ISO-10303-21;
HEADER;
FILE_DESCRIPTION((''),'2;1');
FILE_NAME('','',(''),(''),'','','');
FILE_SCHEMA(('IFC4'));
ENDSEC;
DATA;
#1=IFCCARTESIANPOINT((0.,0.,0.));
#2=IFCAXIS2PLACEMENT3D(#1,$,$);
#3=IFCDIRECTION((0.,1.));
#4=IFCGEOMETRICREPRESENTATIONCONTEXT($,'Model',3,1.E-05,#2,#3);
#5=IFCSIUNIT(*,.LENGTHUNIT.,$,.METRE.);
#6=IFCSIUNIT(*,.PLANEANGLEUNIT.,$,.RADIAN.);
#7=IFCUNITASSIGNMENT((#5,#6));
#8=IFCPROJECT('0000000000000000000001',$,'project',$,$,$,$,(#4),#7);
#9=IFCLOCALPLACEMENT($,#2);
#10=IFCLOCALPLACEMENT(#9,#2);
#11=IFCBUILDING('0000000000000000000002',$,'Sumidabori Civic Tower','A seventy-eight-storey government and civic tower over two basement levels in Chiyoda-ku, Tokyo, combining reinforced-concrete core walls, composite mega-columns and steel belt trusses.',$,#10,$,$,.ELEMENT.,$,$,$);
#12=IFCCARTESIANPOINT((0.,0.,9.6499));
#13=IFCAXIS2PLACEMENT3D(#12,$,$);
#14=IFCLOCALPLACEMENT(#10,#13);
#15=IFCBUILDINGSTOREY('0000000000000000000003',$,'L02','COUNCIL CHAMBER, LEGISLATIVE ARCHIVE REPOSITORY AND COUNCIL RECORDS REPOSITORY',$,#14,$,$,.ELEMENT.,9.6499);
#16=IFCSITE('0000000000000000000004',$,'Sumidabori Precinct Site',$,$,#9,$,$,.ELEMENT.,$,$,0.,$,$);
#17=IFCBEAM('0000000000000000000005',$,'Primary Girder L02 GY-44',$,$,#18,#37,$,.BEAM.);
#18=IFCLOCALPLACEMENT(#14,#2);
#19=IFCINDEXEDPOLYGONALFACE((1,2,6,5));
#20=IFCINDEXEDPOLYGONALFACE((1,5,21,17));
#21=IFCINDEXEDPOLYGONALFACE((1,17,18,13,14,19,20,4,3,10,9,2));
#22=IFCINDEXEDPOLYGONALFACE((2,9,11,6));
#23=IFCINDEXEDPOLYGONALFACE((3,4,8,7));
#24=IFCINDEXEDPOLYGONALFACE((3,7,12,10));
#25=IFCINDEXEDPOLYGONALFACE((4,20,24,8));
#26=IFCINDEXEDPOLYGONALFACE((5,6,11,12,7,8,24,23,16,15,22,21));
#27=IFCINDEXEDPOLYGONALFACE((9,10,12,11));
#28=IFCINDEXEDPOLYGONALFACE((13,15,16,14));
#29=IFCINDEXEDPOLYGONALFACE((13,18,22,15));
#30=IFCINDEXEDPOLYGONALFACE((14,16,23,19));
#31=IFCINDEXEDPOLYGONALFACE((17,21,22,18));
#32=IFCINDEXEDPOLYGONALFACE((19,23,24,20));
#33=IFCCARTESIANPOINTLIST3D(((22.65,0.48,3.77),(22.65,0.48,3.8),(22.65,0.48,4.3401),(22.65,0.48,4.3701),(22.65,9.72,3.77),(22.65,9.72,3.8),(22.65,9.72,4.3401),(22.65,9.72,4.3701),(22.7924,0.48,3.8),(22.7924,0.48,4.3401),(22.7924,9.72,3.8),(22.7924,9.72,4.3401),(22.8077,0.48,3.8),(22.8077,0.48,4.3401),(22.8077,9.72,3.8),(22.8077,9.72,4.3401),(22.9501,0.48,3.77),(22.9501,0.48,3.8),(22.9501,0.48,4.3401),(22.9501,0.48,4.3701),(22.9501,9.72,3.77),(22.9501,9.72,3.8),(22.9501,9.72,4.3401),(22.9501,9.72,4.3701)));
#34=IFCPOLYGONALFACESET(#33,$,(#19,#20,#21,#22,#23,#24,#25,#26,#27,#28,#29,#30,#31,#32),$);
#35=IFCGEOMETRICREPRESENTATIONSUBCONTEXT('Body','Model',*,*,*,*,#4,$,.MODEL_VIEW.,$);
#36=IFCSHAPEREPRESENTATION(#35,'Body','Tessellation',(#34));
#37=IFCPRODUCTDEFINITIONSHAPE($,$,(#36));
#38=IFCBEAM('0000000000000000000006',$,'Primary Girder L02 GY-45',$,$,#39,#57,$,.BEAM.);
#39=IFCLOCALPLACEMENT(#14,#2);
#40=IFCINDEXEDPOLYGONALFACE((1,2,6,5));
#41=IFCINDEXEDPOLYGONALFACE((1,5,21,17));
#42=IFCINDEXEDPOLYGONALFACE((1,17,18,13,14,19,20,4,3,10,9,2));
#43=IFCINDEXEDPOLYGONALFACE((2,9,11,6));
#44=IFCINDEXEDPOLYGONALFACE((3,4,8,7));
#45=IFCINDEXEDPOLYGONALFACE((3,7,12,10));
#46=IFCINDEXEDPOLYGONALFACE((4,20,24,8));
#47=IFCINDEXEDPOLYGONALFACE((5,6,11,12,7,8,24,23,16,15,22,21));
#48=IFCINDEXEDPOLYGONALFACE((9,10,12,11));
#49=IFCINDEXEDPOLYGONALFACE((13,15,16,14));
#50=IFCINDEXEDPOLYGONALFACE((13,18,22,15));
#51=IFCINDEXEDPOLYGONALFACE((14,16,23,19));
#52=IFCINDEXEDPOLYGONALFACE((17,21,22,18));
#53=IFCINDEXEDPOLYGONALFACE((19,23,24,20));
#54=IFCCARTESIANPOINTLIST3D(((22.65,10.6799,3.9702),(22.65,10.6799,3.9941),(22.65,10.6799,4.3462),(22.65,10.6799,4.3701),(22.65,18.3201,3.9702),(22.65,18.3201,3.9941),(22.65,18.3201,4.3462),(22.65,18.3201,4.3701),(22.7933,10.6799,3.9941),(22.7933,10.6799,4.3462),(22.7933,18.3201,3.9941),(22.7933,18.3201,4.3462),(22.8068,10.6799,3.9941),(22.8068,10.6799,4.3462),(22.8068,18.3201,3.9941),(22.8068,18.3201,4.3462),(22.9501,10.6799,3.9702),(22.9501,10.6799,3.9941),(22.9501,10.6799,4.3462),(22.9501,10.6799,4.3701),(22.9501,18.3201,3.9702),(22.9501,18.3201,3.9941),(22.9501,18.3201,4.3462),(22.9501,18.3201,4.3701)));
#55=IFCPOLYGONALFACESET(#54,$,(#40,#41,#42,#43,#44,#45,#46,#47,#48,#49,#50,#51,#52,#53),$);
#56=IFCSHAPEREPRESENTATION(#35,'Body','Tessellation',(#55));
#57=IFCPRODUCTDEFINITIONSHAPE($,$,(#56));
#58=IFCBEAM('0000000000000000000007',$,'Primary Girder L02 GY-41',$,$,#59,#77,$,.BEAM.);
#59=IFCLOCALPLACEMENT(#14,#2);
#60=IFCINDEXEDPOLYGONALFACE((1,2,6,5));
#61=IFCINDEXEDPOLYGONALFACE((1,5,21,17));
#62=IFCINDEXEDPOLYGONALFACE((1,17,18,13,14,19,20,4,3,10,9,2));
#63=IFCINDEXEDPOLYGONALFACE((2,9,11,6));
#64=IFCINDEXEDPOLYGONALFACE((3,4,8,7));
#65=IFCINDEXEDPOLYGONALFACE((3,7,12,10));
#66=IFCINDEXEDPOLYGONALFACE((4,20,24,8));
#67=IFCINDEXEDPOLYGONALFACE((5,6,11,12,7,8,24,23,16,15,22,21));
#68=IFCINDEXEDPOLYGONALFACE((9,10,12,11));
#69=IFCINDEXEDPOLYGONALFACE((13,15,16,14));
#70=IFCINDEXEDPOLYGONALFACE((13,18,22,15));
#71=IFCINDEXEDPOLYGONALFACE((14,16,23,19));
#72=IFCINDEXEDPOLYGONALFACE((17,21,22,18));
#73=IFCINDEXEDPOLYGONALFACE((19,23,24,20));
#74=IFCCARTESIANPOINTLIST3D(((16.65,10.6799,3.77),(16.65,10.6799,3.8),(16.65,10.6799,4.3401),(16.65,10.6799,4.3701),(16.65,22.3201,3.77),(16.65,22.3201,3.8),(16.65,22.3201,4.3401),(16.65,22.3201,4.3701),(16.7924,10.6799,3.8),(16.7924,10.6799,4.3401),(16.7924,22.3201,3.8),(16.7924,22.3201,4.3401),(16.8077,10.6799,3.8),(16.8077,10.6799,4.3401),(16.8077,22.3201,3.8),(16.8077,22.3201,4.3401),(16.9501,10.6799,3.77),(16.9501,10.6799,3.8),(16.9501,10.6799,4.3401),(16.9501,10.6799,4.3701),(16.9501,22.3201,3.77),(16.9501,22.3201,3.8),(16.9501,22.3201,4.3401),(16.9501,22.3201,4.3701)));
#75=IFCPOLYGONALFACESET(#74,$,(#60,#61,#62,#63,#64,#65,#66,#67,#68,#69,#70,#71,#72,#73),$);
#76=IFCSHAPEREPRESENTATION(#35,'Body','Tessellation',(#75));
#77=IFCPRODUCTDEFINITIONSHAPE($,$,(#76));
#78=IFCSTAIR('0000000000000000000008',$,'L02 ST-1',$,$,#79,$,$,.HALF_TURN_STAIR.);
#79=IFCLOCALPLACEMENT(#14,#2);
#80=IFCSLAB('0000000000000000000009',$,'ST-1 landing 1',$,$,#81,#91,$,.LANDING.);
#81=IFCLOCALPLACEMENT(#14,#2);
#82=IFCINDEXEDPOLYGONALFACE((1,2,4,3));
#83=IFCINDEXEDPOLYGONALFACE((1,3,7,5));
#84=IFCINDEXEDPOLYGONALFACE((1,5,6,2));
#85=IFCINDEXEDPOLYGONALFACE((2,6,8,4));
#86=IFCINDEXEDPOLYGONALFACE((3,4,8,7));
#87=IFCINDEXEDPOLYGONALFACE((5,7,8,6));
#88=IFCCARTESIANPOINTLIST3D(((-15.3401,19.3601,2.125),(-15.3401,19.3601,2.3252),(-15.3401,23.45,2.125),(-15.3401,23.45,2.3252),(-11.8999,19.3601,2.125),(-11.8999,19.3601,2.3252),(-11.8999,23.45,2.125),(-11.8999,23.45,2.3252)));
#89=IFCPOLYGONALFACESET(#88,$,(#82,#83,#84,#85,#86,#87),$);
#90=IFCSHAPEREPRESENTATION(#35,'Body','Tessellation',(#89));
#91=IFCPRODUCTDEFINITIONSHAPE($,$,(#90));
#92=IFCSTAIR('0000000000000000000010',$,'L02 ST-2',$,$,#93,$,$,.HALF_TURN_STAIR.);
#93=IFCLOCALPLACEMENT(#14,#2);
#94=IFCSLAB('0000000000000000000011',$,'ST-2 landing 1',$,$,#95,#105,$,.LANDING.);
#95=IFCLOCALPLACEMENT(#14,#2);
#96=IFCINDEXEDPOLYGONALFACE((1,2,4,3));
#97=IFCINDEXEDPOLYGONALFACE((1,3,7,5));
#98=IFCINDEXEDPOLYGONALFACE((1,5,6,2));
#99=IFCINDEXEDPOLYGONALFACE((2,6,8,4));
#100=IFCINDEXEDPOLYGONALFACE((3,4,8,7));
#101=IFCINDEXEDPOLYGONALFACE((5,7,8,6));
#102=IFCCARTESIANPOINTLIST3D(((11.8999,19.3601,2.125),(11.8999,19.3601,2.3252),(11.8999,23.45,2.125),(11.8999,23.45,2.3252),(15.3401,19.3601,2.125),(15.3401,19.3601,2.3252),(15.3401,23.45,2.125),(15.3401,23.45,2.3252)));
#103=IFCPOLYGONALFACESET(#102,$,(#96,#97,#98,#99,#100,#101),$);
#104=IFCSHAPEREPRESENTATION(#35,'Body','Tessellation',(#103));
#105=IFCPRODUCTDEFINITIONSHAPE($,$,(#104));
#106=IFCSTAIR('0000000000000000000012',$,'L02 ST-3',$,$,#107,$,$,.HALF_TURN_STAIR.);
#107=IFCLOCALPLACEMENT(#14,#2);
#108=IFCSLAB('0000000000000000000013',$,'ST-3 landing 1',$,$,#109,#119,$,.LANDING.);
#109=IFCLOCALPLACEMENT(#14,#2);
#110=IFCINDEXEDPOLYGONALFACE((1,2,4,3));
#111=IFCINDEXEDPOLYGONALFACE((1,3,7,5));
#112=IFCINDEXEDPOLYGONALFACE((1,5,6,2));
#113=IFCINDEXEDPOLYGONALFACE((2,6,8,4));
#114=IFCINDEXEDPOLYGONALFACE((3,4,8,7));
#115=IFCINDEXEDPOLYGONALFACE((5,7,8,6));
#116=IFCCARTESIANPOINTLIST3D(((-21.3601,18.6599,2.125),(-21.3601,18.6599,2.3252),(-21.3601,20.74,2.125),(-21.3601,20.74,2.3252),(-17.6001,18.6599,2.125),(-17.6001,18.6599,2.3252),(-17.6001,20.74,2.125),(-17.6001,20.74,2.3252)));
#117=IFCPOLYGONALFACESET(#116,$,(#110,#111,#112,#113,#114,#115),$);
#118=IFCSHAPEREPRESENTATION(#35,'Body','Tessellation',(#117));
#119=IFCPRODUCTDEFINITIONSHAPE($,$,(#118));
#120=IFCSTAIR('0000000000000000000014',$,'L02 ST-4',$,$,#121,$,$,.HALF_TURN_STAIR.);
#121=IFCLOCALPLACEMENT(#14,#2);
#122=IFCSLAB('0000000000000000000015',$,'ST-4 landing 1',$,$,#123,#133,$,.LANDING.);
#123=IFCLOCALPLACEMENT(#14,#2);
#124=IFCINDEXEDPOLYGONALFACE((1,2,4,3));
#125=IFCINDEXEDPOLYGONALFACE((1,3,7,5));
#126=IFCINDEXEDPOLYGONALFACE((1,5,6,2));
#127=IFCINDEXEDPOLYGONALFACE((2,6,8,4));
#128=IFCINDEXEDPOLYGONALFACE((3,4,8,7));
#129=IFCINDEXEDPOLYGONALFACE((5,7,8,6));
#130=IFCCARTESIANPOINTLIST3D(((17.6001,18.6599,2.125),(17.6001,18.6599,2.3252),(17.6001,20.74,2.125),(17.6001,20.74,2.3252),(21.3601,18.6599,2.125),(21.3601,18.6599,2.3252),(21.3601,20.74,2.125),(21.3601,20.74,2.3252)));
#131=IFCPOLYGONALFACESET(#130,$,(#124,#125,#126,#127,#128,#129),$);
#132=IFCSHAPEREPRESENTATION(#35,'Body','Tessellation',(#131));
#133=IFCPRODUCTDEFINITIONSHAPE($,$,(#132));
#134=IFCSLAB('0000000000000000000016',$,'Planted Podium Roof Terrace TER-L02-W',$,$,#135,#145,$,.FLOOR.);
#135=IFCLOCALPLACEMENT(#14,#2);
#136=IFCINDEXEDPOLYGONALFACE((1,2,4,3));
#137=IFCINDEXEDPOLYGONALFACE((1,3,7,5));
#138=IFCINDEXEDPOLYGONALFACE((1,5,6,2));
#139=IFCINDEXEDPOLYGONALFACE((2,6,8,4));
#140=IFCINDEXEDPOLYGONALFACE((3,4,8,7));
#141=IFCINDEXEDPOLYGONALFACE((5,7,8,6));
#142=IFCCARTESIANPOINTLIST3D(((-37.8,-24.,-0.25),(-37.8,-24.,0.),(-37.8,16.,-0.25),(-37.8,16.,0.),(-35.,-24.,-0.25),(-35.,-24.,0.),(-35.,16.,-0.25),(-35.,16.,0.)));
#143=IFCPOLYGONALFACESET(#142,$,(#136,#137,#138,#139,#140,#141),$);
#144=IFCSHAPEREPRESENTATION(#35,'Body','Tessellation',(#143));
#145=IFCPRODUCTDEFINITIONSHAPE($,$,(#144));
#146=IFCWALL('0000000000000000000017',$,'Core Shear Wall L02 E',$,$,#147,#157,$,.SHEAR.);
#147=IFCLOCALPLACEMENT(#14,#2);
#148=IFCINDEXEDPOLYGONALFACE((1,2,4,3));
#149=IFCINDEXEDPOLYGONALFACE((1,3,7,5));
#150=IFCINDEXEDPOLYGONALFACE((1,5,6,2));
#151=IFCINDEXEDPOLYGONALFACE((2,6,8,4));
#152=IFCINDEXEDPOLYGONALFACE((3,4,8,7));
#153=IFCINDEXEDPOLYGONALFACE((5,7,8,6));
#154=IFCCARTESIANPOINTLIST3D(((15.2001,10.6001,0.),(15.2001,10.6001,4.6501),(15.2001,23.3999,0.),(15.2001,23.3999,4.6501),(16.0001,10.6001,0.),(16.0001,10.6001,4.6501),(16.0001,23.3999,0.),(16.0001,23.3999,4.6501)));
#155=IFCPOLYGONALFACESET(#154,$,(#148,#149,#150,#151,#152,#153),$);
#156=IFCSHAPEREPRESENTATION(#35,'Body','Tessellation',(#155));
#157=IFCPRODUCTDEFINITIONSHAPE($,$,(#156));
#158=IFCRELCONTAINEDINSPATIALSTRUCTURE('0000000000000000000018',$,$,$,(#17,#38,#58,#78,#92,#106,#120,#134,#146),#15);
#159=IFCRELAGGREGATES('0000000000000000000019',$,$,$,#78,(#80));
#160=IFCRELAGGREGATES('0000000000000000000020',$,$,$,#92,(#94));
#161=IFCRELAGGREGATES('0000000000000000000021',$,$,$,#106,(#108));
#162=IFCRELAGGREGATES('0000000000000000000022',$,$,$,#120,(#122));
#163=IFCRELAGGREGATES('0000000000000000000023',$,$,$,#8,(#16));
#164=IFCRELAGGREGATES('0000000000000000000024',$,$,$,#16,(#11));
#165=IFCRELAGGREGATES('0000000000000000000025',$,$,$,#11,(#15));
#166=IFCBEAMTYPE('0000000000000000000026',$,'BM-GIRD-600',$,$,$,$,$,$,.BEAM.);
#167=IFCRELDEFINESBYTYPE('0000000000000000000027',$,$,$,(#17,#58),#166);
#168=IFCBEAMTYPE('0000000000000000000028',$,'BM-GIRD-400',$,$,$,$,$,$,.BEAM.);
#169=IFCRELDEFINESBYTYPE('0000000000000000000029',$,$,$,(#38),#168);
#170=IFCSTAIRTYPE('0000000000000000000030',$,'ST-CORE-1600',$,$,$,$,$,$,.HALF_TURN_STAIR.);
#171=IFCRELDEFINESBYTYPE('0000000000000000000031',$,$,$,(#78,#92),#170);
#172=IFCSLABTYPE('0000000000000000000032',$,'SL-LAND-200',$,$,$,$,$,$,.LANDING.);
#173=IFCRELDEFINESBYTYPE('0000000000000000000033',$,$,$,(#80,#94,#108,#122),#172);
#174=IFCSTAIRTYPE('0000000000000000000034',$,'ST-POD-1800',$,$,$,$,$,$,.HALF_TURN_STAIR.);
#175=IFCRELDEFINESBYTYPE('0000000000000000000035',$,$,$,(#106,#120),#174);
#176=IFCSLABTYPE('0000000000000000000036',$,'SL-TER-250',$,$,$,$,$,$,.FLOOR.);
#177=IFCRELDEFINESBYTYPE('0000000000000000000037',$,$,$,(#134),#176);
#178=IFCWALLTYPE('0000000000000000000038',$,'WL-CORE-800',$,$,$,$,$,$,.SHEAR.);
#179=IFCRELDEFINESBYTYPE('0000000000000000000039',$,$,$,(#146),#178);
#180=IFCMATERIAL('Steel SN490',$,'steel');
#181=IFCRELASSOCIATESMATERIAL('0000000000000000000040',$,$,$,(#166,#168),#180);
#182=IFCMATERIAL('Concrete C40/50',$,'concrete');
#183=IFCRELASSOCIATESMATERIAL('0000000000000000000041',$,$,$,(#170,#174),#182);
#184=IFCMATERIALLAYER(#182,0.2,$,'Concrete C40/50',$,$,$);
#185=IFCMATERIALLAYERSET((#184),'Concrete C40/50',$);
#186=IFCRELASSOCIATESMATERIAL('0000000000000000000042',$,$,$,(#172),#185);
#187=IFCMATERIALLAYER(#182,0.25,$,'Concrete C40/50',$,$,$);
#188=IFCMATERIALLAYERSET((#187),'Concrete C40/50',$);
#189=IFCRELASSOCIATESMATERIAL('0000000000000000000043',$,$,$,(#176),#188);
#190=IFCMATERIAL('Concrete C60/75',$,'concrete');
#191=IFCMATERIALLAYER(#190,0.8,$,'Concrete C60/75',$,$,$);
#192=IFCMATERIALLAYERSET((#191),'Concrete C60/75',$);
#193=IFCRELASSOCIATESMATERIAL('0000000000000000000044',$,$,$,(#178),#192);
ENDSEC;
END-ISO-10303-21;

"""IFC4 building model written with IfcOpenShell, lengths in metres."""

from ifc_helpers import new_model, si_unit, direction, frame, frame_2d, origin, origin_2d, place, context, subcontext, project, spatial, polyline, rectangle, i_section, outline, extrude, source, transform, mapped, material, layer, layer_set, material_profile, profile_set, type_object, element, aggregate, save


model = new_model("IFC4")

# Units and contexts
model_context = context("Model", 3, precision=1e-05, world=origin(), true_north=direction((0.0, 1.0)))
body_context = subcontext(model_context, "Body", "Model", "MODEL_VIEW")
ifc_project = project(units=[si_unit("LENGTHUNIT", "METRE"), si_unit("PLANEANGLEUNIT", "RADIAN")], contexts=[model_context])

# Site, building, storey
site_placement = place(None, origin())
site = spatial("IfcSite", under=ifc_project, at=site_placement, Name="Sumidabori Precinct Site", CompositionType="ELEMENT", RefElevation=0.0)
building_placement = place(site_placement, origin())
building = spatial("IfcBuilding", under=site, at=building_placement, Name="Sumidabori Civic Tower", Description="A seventy-eight-storey government and civic tower over two basement levels in Chiyoda-ku, Tokyo, combining reinforced-concrete core walls, composite mega-columns and steel belt trusses.", CompositionType="ELEMENT")
storey_placement = place(building_placement, frame((0.0, 0.0, 9.6499)))
storey = spatial("IfcBuildingStorey", under=building, at=storey_placement, Name="L02", Description="COUNCIL CHAMBER, LEGISLATIVE ARCHIVE REPOSITORY AND COUNCIL RECORDS REPOSITORY", CompositionType="ELEMENT", Elevation=9.6499)

# Shared definitions
ifc_material_1 = material(Name="Concrete C60/75", Category="concrete")

# Beams
ifc_material_2 = material(Name="Steel SN490", Category="steel")
ifc_material_profile_1 = material_profile(ifc_material_2, i_section(OverallWidth=0.3, OverallDepth=0.6001, WebThickness=0.0154, FlangeThickness=0.03, at=origin_2d()), Name="HE 600 B")
ifc_profile_set_1 = profile_set([ifc_material_profile_1], Name="Steel SN490")
beam_type_1 = type_object("IfcBeamType", Name="BM-GIRD-600", PredefinedType="BEAM", material=ifc_profile_set_1)
shared_shape_1 = source(origin(), body_context, "Body", "SweptSolid", [
    extrude(i_section(OverallWidth=0.3, OverallDepth=0.6001, WebThickness=0.0154, FlangeThickness=0.03, at=origin_2d()), origin(), (0.0, 0.0, 1.0), 9.24),
])
for number, where, z_axis, x_axis, name in (
    (1, (22.8, 0.48, 4.0701), (0.0, 1.0, 0.0), (-1.0, 0.0, 0.0), "Primary Girder L02 GY-44"),
):
    element("IfcBeam", number, at=place(storey_placement, frame(where, z_axis=z_axis, x_axis=x_axis)), inside=storey, type_object=beam_type_1, Name=name, PredefinedType="BEAM", context=body_context, shape_type="MappedRepresentation", body=[
        mapped(shared_shape_1, transform((0.0, 0.0, 0.0), x_axis=(1.0, 0.0, 0.0), y_axis=(0.0, 1.0, 0.0), z_axis=(0.0, 0.0, 1.0), scale=1.0)),
    ])
ifc_material_profile_2 = material_profile(ifc_material_2, i_section(OverallWidth=0.3, OverallDepth=0.3999, WebThickness=0.0134, FlangeThickness=0.0239, at=origin_2d()), Name="HE 400 B")
ifc_profile_set_2 = profile_set([ifc_material_profile_2], Name="Steel SN490")
beam_type_2 = type_object("IfcBeamType", Name="BM-GIRD-400", PredefinedType="BEAM", material=ifc_profile_set_2)
shared_shape_2 = source(origin(), body_context, "Body", "SweptSolid", [
    extrude(i_section(OverallWidth=0.3, OverallDepth=0.3999, WebThickness=0.0134, FlangeThickness=0.0239, at=origin_2d()), origin(), (0.0, 0.0, 1.0), 7.6401),
])
beam_1_placement = place(storey_placement, frame((22.8, 10.6799, 4.1702), z_axis=(0.0, 1.0, 0.0), x_axis=(-1.0, 0.0, 0.0)))
element("IfcBeam", 2, at=beam_1_placement, inside=storey, type_object=beam_type_2, Name="Primary Girder L02 GY-45", PredefinedType="BEAM", context=body_context, shape_type="MappedRepresentation", body=[
    mapped(shared_shape_2, transform((0.0, 0.0, 0.0), x_axis=(1.0, 0.0, 0.0), y_axis=(0.0, 1.0, 0.0), z_axis=(0.0, 0.0, 1.0), scale=1.0)),
])
shared_shape_3 = source(origin(), body_context, "Body", "SweptSolid", [
    extrude(i_section(OverallWidth=0.3, OverallDepth=0.6001, WebThickness=0.0154, FlangeThickness=0.03, at=origin_2d()), origin(), (0.0, 0.0, 1.0), 11.6401),
])
beam_2_placement = place(storey_placement, frame((16.8, 10.6799, 4.0701), z_axis=(0.0, 1.0, 0.0), x_axis=(-1.0, 0.0, 0.0)))
element("IfcBeam", 3, at=beam_2_placement, inside=storey, type_object=beam_type_1, Name="Primary Girder L02 GY-41", PredefinedType="BEAM", context=body_context, shape_type="MappedRepresentation", body=[
    mapped(shared_shape_3, transform((0.0, 0.0, 0.0), x_axis=(1.0, 0.0, 0.0), y_axis=(0.0, 1.0, 0.0), z_axis=(0.0, 0.0, 1.0), scale=1.0)),
])

# Stairs, slabs
ifc_material_3 = material(Name="Concrete C40/50", Category="concrete")
stair_type_1 = type_object("IfcStairType", Name="ST-CORE-1600", PredefinedType="HALF_TURN_STAIR", material=ifc_material_3)
stair_1_placement = place(storey_placement, origin())
stair_1 = element("IfcStair", 4, at=stair_1_placement, inside=storey, type_object=stair_type_1, Name="L02 ST-1", PredefinedType="HALF_TURN_STAIR")
ifc_layer_1 = layer(ifc_material_3, 0.2, Name="Concrete C40/50")
ifc_layer_set_1 = layer_set([ifc_layer_1], Name="Concrete C40/50")
slab_type_1 = type_object("IfcSlabType", Name="SL-LAND-200", PredefinedType="LANDING", material=ifc_layer_set_1)
slab_1_placement = place(storey_placement, frame((0.0, 0.0, 2.125)))
slab_1 = element("IfcSlab", 5, at=slab_1_placement, type_object=slab_type_1, Name="ST-1 landing 1", PredefinedType="LANDING", context=body_context, shape_type="SweptSolid", body=[
    extrude(outline(polyline([(-11.8999, 19.3601), (-11.8999, 23.45), (-15.3401, 23.45), (-15.3401, 19.3601), (-11.8999, 19.3601)])), origin(), (0.0, 0.0, 1.0), 0.2002),
])
aggregate(stair_1, [slab_1])
stair_2_placement = place(storey_placement, origin())
stair_2 = element("IfcStair", 6, at=stair_2_placement, inside=storey, type_object=stair_type_1, Name="L02 ST-2", PredefinedType="HALF_TURN_STAIR")
slab_2_placement = place(storey_placement, frame((0.0, 0.0, 2.125)))
slab_2 = element("IfcSlab", 7, at=slab_2_placement, type_object=slab_type_1, Name="ST-2 landing 1", PredefinedType="LANDING", context=body_context, shape_type="SweptSolid", body=[
    extrude(outline(polyline([(15.3401, 19.3601), (15.3401, 23.45), (11.8999, 23.45), (11.8999, 19.3601), (15.3401, 19.3601)])), origin(), (0.0, 0.0, 1.0), 0.2002),
])
aggregate(stair_2, [slab_2])
stair_type_2 = type_object("IfcStairType", Name="ST-POD-1800", PredefinedType="HALF_TURN_STAIR", material=ifc_material_3)
stair_3_placement = place(storey_placement, origin())
stair_3 = element("IfcStair", 8, at=stair_3_placement, inside=storey, type_object=stair_type_2, Name="L02 ST-3", PredefinedType="HALF_TURN_STAIR")
slab_3_placement = place(storey_placement, frame((0.0, 0.0, 2.125)))
slab_3 = element("IfcSlab", 9, at=slab_3_placement, type_object=slab_type_1, Name="ST-3 landing 1", PredefinedType="LANDING", context=body_context, shape_type="SweptSolid", body=[
    extrude(outline(polyline([(-17.6001, 18.6599), (-17.6001, 20.74), (-21.3601, 20.74), (-21.3601, 18.6599), (-17.6001, 18.6599)])), origin(), (0.0, 0.0, 1.0), 0.2002),
])
aggregate(stair_3, [slab_3])
stair_4_placement = place(storey_placement, origin())
stair_4 = element("IfcStair", 10, at=stair_4_placement, inside=storey, type_object=stair_type_2, Name="L02 ST-4", PredefinedType="HALF_TURN_STAIR")
slab_4_placement = place(storey_placement, frame((0.0, 0.0, 2.125)))
slab_4 = element("IfcSlab", 11, at=slab_4_placement, type_object=slab_type_1, Name="ST-4 landing 1", PredefinedType="LANDING", context=body_context, shape_type="SweptSolid", body=[
    extrude(outline(polyline([(21.3601, 18.6599), (21.3601, 20.74), (17.6001, 20.74), (17.6001, 18.6599), (21.3601, 18.6599)])), origin(), (0.0, 0.0, 1.0), 0.2002),
])
aggregate(stair_4, [slab_4])

# Slab
ifc_layer_2 = layer(ifc_material_3, 0.25, Name="Concrete C40/50")
ifc_layer_set_2 = layer_set([ifc_layer_2], Name="Concrete C40/50")
slab_type_2 = type_object("IfcSlabType", Name="SL-TER-250", PredefinedType="FLOOR", material=ifc_layer_set_2)
slab_5_placement = place(storey_placement, frame((0.0, 0.0, -0.25)))
element("IfcSlab", 12, at=slab_5_placement, inside=storey, type_object=slab_type_2, Name="Planted Podium Roof Terrace TER-L02-W", PredefinedType="FLOOR", context=body_context, shape_type="SweptSolid", body=[
    extrude(outline(polyline([(-37.8, -24.0), (-35.0, -24.0), (-35.0, 16.0), (-37.8, 16.0), (-37.8, -24.0)])), origin(), (0.0, 0.0, 1.0), 0.25),
])

# Wall
ifc_layer_3 = layer(ifc_material_1, 0.8, Name="Concrete C60/75")
ifc_layer_set_3 = layer_set([ifc_layer_3], Name="Concrete C60/75")
wall_type_1 = type_object("IfcWallType", Name="WL-CORE-800", PredefinedType="SHEAR", material=ifc_layer_set_3)
shared_shape_4 = source(origin(), body_context, "Body", "SweptSolid", [
    extrude(rectangle(XDim=12.7998, YDim=0.8, at=frame_2d((6.3999, 0.0))), origin(), (0.0, 0.0, 1.0), 4.6501),
])
wall_1_placement = place(storey_placement, frame((15.6001, 10.6001, 0.0), z_axis=(0.0, 0.0, 1.0), x_axis=(0.0, 1.0, 0.0)))
element("IfcWall", 13, at=wall_1_placement, inside=storey, type_object=wall_type_1, Name="Core Shear Wall L02 E", PredefinedType="SHEAR", context=body_context, shape_type="MappedRepresentation", body=[
    mapped(shared_shape_4, transform((0.0, 0.0, 0.0), x_axis=(1.0, 0.0, 0.0), y_axis=(0.0, 1.0, 0.0), z_axis=(0.0, 0.0, 1.0), scale=1.0)),
])

save(model, "model.ifc")
